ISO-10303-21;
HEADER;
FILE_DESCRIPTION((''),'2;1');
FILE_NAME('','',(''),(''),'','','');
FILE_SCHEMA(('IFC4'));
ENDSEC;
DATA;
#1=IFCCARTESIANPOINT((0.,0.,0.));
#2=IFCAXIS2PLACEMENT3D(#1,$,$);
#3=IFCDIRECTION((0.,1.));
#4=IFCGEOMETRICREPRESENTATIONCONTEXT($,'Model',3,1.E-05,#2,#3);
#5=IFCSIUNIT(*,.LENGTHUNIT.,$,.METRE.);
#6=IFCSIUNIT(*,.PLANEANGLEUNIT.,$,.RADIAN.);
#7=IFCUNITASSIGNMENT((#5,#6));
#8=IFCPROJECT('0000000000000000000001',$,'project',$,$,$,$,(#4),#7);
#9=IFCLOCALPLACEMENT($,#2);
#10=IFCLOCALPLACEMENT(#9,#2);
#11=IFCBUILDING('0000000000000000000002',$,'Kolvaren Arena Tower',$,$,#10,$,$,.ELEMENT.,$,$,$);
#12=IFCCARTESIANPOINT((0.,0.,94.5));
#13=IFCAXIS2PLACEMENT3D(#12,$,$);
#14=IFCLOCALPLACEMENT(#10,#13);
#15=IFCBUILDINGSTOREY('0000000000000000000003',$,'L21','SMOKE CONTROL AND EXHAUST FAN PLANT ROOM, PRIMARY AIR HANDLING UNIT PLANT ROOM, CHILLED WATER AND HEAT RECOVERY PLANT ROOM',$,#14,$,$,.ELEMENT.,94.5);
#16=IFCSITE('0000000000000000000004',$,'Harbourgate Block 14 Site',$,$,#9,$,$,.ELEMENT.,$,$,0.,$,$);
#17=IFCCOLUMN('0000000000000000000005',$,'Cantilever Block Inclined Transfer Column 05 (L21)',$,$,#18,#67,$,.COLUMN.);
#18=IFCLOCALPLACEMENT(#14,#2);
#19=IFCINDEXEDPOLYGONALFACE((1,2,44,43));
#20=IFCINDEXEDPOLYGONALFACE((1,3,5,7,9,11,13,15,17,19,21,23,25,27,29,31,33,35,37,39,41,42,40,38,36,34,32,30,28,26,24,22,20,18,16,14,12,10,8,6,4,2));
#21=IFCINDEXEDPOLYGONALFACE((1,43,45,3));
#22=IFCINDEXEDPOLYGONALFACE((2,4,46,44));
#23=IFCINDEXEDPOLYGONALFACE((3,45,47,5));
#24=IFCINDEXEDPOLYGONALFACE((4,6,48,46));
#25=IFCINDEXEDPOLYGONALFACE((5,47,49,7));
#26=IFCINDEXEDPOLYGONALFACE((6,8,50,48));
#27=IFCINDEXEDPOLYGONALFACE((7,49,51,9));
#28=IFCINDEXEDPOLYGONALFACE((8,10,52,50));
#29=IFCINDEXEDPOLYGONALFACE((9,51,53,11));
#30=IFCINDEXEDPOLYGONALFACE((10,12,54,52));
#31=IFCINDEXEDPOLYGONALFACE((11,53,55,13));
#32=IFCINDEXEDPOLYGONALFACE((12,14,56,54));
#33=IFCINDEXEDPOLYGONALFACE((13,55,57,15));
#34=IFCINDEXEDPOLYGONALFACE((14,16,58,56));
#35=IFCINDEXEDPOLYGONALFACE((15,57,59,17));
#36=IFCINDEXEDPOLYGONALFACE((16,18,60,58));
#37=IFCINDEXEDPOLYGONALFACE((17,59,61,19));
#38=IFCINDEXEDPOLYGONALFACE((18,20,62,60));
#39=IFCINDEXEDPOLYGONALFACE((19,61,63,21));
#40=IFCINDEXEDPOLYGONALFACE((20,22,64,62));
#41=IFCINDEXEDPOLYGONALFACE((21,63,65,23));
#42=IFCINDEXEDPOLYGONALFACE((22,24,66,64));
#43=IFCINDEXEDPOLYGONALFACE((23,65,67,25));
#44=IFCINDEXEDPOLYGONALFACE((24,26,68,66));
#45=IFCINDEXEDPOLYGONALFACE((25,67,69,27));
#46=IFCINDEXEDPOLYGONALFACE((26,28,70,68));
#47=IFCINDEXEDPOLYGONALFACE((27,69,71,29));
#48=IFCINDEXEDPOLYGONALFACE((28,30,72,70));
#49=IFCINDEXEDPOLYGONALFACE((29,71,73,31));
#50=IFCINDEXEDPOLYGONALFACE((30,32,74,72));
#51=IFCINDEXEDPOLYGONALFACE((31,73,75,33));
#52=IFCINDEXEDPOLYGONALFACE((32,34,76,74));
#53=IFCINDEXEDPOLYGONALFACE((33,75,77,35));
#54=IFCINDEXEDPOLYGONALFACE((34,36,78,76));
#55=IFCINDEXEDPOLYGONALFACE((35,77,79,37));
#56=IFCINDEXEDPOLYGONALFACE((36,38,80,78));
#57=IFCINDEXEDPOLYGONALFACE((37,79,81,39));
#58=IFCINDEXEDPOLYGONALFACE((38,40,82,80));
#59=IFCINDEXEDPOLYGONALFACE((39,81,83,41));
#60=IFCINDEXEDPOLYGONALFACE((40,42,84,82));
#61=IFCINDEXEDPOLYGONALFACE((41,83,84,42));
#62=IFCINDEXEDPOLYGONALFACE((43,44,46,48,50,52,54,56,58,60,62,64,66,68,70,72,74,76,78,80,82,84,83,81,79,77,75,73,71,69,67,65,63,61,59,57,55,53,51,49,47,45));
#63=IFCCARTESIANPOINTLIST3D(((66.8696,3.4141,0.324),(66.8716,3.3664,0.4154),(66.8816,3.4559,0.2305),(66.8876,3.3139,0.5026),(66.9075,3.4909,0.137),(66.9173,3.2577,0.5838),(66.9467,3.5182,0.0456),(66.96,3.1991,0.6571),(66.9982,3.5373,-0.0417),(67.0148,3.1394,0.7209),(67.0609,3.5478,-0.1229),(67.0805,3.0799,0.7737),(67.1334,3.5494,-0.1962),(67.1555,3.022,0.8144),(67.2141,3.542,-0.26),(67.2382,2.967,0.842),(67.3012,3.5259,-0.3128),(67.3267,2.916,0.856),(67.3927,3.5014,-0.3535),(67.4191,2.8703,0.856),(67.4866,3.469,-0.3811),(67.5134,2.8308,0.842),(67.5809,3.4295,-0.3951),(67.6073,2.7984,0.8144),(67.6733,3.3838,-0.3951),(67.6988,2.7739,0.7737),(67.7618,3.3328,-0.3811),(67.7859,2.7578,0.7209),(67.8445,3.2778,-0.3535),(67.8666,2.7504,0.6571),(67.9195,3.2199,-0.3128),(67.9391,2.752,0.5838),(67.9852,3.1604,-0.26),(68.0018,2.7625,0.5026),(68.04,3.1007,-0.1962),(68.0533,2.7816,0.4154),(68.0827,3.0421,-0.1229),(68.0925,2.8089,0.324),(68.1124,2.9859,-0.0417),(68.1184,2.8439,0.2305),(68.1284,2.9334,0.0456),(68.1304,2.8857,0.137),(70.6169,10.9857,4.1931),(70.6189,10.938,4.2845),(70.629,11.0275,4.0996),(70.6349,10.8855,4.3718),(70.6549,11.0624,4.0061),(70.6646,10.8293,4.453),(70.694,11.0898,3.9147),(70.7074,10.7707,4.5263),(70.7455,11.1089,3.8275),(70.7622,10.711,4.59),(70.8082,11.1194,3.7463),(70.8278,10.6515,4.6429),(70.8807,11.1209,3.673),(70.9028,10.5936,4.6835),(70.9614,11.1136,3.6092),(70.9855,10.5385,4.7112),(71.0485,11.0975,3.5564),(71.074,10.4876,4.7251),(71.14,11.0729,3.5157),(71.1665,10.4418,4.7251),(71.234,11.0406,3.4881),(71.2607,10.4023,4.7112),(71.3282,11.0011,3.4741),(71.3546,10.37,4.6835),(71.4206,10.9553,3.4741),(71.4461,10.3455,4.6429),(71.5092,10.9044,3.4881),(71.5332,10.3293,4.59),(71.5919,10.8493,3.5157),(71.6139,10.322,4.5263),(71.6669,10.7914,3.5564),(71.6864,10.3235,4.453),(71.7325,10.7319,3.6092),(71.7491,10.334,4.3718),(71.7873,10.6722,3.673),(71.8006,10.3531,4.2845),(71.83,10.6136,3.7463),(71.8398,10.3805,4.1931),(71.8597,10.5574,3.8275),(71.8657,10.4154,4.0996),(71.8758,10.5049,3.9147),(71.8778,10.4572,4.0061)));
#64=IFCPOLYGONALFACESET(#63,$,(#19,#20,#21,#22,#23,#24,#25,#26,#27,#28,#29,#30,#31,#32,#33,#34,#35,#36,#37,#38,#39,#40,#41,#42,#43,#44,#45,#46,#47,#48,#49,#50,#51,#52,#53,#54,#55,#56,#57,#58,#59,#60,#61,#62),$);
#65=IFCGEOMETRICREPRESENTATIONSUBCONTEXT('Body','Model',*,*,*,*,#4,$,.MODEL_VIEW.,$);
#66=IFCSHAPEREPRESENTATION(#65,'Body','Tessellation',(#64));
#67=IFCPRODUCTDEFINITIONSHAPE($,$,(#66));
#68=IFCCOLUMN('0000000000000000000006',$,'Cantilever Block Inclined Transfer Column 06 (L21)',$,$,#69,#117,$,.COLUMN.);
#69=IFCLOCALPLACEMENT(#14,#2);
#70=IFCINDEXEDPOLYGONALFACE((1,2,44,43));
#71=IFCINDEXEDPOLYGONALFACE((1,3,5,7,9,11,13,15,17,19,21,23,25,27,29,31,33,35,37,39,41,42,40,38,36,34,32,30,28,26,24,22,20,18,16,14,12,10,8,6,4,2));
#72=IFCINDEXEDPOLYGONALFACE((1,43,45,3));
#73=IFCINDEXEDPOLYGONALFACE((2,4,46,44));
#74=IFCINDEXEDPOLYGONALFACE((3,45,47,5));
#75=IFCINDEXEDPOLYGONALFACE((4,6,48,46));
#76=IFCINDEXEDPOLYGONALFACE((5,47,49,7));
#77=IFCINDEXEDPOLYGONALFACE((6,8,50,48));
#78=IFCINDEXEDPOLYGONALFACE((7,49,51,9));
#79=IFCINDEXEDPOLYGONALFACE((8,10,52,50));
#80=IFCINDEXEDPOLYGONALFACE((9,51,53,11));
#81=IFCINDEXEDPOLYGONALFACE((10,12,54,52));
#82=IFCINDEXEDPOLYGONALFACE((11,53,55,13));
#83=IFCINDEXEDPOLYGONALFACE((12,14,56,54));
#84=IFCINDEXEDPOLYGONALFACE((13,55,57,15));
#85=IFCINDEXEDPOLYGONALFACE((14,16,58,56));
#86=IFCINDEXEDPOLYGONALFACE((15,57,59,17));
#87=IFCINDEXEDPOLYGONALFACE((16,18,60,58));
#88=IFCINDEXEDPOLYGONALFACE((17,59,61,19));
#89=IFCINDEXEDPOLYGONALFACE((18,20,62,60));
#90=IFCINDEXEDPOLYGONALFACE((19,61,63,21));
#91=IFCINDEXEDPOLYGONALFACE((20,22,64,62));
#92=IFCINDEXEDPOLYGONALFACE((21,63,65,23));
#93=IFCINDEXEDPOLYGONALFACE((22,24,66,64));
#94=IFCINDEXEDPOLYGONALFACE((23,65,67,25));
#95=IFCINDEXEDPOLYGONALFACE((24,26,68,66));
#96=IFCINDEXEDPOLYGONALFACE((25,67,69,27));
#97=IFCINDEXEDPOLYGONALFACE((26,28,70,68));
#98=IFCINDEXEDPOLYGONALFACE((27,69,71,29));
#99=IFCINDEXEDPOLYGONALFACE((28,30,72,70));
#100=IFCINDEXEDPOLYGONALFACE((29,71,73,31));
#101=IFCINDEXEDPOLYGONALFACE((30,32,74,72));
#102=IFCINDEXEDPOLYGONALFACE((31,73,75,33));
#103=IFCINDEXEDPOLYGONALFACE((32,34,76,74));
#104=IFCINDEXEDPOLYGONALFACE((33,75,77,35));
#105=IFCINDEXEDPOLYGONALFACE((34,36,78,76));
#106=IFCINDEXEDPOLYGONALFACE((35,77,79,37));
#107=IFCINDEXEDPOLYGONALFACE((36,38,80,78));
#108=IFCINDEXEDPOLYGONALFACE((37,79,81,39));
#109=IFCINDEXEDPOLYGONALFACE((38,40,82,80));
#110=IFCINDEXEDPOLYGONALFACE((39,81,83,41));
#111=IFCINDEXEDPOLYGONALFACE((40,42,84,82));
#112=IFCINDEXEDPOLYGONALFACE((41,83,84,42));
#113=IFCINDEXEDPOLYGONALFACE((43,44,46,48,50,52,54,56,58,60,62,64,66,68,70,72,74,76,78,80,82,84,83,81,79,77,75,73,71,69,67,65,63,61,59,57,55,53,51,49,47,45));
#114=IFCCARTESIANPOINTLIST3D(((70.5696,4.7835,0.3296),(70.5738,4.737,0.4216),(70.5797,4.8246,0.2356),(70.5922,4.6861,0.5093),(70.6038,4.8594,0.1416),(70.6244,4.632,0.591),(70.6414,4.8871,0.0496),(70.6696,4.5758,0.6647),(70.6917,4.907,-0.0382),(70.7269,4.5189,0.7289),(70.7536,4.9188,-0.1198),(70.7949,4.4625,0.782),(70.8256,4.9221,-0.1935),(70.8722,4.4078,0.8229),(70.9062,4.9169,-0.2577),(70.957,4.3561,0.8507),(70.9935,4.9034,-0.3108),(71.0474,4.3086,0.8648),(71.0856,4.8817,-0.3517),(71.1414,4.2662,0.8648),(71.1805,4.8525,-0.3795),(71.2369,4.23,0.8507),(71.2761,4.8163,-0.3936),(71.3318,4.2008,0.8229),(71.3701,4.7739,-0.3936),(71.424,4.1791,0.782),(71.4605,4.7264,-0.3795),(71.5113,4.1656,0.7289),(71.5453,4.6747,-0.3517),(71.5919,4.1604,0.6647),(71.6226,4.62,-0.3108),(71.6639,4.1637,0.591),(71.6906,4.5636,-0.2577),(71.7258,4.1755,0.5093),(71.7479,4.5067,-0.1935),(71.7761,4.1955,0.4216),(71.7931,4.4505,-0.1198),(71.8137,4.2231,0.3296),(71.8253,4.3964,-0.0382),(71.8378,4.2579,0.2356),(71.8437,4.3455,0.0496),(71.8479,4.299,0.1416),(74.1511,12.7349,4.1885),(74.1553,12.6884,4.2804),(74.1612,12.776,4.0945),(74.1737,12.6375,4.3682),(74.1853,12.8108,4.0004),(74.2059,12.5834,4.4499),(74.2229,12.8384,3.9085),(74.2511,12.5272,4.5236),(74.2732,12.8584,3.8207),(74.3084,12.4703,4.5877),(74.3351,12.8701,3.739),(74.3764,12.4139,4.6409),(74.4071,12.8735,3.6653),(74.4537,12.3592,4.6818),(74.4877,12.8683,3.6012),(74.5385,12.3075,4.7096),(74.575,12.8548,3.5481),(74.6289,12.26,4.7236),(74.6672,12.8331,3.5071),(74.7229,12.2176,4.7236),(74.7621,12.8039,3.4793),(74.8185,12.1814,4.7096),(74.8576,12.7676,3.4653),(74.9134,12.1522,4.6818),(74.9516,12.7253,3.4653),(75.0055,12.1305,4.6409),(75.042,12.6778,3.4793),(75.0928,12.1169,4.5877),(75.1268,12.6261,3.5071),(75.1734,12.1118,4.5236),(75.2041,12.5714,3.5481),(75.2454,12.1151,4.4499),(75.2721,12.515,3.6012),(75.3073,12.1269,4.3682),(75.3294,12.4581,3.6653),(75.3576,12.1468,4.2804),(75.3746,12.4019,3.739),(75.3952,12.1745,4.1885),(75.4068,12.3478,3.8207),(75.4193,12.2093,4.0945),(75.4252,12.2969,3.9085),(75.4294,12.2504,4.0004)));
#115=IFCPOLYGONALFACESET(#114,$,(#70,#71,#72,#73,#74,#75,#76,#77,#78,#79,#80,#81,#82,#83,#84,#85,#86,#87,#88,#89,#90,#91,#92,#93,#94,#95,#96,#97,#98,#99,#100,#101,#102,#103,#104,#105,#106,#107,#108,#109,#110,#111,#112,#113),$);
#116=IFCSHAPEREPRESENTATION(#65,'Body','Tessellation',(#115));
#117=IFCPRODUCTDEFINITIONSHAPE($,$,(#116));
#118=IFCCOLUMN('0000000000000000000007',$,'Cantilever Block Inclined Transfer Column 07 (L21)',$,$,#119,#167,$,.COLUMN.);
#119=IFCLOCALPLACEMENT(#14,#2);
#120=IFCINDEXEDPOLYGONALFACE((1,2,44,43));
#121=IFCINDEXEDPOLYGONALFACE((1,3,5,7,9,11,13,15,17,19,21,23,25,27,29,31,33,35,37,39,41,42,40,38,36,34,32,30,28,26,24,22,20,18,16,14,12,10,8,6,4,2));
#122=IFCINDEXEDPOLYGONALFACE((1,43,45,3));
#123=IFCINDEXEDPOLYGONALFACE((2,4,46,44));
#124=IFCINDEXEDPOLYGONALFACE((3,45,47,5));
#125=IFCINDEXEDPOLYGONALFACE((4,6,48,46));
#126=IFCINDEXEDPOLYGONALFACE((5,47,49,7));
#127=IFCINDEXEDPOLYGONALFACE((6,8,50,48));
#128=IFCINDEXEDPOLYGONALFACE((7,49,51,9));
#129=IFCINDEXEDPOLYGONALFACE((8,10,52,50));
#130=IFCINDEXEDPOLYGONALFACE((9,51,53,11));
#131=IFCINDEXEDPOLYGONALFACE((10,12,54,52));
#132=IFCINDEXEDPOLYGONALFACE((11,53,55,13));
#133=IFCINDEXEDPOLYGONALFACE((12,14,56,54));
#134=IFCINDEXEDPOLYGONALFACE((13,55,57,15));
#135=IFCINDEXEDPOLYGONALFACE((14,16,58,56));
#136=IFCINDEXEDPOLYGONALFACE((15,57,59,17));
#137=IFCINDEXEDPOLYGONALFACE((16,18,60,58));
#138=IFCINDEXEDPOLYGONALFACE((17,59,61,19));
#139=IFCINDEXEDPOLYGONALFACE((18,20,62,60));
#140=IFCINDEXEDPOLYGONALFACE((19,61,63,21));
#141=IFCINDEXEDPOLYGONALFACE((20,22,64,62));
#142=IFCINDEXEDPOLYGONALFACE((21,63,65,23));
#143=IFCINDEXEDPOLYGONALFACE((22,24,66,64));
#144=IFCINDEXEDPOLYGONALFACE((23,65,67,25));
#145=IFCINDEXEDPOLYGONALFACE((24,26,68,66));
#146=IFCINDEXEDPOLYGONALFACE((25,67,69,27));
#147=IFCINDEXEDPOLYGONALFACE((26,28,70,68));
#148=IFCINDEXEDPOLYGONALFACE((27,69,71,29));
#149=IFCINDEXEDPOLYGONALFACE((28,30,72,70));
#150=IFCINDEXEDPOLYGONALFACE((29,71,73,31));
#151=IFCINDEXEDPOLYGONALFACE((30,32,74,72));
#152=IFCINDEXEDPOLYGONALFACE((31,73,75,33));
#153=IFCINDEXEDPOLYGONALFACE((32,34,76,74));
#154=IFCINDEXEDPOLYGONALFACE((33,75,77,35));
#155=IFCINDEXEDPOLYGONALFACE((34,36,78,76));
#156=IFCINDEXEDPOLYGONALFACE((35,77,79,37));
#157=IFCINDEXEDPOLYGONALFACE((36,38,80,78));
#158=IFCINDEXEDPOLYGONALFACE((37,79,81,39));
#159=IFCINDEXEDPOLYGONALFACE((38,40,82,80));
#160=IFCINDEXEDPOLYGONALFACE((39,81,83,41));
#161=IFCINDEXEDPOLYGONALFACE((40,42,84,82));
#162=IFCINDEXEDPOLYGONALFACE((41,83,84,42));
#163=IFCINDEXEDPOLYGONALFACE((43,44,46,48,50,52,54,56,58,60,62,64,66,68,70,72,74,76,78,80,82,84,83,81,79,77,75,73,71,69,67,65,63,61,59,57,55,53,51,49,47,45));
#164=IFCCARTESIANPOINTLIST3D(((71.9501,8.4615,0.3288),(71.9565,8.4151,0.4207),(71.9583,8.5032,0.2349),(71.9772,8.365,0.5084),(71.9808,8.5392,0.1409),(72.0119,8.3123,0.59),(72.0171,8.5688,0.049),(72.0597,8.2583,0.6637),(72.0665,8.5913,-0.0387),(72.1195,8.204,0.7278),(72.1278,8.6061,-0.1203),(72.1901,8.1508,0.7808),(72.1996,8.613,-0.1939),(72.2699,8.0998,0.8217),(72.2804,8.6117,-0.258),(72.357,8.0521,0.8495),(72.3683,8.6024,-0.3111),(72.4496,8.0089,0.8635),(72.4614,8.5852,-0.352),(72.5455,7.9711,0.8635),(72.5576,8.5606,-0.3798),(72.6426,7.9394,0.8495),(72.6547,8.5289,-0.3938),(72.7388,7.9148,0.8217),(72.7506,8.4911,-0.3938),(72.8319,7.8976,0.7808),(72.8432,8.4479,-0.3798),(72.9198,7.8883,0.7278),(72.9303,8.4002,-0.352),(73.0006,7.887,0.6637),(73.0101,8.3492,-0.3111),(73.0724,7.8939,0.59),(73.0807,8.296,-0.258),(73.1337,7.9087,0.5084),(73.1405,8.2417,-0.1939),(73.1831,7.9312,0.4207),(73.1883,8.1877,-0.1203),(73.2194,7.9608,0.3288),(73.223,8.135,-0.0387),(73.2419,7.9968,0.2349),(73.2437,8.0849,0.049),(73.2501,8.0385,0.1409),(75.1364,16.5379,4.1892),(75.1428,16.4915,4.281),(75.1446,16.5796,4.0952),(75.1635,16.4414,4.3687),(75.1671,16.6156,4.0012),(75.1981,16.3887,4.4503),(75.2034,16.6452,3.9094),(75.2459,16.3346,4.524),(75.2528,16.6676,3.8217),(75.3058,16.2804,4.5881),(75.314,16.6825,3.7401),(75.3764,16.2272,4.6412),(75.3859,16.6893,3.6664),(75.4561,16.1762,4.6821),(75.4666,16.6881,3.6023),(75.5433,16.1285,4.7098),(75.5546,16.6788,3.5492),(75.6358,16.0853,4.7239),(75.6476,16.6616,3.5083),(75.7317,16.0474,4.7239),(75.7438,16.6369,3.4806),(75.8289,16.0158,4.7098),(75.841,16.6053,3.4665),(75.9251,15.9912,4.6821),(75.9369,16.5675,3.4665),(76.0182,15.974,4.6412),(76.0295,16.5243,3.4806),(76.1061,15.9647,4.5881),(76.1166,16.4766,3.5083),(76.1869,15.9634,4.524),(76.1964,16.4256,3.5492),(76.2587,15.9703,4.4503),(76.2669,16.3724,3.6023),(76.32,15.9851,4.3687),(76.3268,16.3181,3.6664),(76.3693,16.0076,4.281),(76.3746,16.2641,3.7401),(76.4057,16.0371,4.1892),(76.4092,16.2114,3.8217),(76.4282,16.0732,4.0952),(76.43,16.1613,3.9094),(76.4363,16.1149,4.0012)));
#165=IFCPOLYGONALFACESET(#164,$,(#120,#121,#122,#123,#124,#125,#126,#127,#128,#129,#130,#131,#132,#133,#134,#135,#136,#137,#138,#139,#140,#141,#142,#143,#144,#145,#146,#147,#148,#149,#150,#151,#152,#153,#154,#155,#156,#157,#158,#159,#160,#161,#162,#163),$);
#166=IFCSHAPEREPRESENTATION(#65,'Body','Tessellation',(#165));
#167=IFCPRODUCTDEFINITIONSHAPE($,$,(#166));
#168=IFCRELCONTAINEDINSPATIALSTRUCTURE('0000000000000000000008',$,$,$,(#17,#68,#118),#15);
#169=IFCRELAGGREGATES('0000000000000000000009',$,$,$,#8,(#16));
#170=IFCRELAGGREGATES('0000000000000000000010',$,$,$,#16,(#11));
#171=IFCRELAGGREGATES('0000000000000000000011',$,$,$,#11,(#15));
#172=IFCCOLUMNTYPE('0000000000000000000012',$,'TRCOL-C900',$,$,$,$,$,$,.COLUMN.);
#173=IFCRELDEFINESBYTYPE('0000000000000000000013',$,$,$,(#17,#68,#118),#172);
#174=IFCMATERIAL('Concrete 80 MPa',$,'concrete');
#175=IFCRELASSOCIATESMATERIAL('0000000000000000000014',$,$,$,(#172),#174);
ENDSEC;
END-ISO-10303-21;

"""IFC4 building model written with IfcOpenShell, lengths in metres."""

from ifc_helpers import new_model, si_unit, direction, frame, origin, origin_2d, place, context, subcontext, project, spatial, circle, extrude, material, material_profile, profile_set, type_object, element, save


model = new_model("IFC4")

# Units and contexts
model_context = context("Model", 3, precision=1e-05, world=origin(), true_north=direction((0.0, 1.0)))
body_context = subcontext(model_context, "Body", "Model", "MODEL_VIEW")
ifc_project = project(units=[si_unit("LENGTHUNIT", "METRE"), si_unit("PLANEANGLEUNIT", "RADIAN")], contexts=[model_context])

# Site, building, storey
site_placement = place(None, origin())
site = spatial("IfcSite", under=ifc_project, at=site_placement, Name="Harbourgate Block 14 Site", CompositionType="ELEMENT", RefElevation=0.0)
building_placement = place(site_placement, origin())
building = spatial("IfcBuilding", under=site, at=building_placement, Name="Kolvaren Arena Tower", CompositionType="ELEMENT")
storey_placement = place(building_placement, frame((0.0, 0.0, 94.5)))
storey = spatial("IfcBuildingStorey", under=building, at=storey_placement, Name="L21", Description="SMOKE CONTROL AND EXHAUST FAN PLANT ROOM, PRIMARY AIR HANDLING UNIT PLANT ROOM, CHILLED WATER AND HEAT RECOVERY PLANT ROOM", CompositionType="ELEMENT", Elevation=94.5)

# Columns
ifc_material_1 = material(Name="Concrete 80 MPa", Category="concrete")
ifc_material_profile_1 = material_profile(ifc_material_1, circle(Radius=0.6899, at=origin_2d()), Name="RC-CIRC-1380")
ifc_profile_set_1 = profile_set([ifc_material_profile_1], Name="Concrete 80 MPa")
column_type = type_object("IfcColumnType", Name="TRCOL-C900", PredefinedType="COLUMN", material=ifc_profile_set_1)
column_1_placement = place(storey_placement, frame((67.5, 3.1499, 0.2305), z_axis=(0.403285, 0.814847, 0.416396), x_axis=(-0.89624, 0.443569, 0.0)))
element("IfcColumn", 1, at=column_1_placement, inside=storey, type_object=column_type, Name="Cantilever Block Inclined Transfer Column 05 (L21)", PredefinedType="COLUMN", context=body_context, shape_type="SweptSolid", body=[
    extrude(circle(Radius=0.6899, at=origin_2d()), origin(), (0.0, 0.0, 1.0), 9.292),
])
column_2_placement = place(storey_placement, frame((71.2087, 4.5413, 0.2356), z_axis=(0.375564, 0.833794, 0.404647), x_axis=(-0.911775, 0.410689, 0.0)))
element("IfcColumn", 2, at=column_2_placement, inside=storey, type_object=column_type, Name="Cantilever Block Inclined Transfer Column 06 (L21)", PredefinedType="COLUMN", context=body_context, shape_type="SweptSolid", body=[
    extrude(circle(Radius=0.6899, at=origin_2d()), origin(), (0.0, 0.0, 1.0), 9.5364),
])
column_3_placement = place(storey_placement, frame((72.6001, 8.25, 0.2349), z_axis=(0.335336, 0.849993, 0.406278), x_axis=(-0.930225, 0.366989, 0.0)))
element("IfcColumn", 3, at=column_3_placement, inside=storey, type_object=column_type, Name="Cantilever Block Inclined Transfer Column 07 (L21)", PredefinedType="COLUMN", context=body_context, shape_type="SweptSolid", body=[
    extrude(circle(Radius=0.6899, at=origin_2d()), origin(), (0.0, 0.0, 1.0), 9.5017),
])

save(model, "model.ifc")
